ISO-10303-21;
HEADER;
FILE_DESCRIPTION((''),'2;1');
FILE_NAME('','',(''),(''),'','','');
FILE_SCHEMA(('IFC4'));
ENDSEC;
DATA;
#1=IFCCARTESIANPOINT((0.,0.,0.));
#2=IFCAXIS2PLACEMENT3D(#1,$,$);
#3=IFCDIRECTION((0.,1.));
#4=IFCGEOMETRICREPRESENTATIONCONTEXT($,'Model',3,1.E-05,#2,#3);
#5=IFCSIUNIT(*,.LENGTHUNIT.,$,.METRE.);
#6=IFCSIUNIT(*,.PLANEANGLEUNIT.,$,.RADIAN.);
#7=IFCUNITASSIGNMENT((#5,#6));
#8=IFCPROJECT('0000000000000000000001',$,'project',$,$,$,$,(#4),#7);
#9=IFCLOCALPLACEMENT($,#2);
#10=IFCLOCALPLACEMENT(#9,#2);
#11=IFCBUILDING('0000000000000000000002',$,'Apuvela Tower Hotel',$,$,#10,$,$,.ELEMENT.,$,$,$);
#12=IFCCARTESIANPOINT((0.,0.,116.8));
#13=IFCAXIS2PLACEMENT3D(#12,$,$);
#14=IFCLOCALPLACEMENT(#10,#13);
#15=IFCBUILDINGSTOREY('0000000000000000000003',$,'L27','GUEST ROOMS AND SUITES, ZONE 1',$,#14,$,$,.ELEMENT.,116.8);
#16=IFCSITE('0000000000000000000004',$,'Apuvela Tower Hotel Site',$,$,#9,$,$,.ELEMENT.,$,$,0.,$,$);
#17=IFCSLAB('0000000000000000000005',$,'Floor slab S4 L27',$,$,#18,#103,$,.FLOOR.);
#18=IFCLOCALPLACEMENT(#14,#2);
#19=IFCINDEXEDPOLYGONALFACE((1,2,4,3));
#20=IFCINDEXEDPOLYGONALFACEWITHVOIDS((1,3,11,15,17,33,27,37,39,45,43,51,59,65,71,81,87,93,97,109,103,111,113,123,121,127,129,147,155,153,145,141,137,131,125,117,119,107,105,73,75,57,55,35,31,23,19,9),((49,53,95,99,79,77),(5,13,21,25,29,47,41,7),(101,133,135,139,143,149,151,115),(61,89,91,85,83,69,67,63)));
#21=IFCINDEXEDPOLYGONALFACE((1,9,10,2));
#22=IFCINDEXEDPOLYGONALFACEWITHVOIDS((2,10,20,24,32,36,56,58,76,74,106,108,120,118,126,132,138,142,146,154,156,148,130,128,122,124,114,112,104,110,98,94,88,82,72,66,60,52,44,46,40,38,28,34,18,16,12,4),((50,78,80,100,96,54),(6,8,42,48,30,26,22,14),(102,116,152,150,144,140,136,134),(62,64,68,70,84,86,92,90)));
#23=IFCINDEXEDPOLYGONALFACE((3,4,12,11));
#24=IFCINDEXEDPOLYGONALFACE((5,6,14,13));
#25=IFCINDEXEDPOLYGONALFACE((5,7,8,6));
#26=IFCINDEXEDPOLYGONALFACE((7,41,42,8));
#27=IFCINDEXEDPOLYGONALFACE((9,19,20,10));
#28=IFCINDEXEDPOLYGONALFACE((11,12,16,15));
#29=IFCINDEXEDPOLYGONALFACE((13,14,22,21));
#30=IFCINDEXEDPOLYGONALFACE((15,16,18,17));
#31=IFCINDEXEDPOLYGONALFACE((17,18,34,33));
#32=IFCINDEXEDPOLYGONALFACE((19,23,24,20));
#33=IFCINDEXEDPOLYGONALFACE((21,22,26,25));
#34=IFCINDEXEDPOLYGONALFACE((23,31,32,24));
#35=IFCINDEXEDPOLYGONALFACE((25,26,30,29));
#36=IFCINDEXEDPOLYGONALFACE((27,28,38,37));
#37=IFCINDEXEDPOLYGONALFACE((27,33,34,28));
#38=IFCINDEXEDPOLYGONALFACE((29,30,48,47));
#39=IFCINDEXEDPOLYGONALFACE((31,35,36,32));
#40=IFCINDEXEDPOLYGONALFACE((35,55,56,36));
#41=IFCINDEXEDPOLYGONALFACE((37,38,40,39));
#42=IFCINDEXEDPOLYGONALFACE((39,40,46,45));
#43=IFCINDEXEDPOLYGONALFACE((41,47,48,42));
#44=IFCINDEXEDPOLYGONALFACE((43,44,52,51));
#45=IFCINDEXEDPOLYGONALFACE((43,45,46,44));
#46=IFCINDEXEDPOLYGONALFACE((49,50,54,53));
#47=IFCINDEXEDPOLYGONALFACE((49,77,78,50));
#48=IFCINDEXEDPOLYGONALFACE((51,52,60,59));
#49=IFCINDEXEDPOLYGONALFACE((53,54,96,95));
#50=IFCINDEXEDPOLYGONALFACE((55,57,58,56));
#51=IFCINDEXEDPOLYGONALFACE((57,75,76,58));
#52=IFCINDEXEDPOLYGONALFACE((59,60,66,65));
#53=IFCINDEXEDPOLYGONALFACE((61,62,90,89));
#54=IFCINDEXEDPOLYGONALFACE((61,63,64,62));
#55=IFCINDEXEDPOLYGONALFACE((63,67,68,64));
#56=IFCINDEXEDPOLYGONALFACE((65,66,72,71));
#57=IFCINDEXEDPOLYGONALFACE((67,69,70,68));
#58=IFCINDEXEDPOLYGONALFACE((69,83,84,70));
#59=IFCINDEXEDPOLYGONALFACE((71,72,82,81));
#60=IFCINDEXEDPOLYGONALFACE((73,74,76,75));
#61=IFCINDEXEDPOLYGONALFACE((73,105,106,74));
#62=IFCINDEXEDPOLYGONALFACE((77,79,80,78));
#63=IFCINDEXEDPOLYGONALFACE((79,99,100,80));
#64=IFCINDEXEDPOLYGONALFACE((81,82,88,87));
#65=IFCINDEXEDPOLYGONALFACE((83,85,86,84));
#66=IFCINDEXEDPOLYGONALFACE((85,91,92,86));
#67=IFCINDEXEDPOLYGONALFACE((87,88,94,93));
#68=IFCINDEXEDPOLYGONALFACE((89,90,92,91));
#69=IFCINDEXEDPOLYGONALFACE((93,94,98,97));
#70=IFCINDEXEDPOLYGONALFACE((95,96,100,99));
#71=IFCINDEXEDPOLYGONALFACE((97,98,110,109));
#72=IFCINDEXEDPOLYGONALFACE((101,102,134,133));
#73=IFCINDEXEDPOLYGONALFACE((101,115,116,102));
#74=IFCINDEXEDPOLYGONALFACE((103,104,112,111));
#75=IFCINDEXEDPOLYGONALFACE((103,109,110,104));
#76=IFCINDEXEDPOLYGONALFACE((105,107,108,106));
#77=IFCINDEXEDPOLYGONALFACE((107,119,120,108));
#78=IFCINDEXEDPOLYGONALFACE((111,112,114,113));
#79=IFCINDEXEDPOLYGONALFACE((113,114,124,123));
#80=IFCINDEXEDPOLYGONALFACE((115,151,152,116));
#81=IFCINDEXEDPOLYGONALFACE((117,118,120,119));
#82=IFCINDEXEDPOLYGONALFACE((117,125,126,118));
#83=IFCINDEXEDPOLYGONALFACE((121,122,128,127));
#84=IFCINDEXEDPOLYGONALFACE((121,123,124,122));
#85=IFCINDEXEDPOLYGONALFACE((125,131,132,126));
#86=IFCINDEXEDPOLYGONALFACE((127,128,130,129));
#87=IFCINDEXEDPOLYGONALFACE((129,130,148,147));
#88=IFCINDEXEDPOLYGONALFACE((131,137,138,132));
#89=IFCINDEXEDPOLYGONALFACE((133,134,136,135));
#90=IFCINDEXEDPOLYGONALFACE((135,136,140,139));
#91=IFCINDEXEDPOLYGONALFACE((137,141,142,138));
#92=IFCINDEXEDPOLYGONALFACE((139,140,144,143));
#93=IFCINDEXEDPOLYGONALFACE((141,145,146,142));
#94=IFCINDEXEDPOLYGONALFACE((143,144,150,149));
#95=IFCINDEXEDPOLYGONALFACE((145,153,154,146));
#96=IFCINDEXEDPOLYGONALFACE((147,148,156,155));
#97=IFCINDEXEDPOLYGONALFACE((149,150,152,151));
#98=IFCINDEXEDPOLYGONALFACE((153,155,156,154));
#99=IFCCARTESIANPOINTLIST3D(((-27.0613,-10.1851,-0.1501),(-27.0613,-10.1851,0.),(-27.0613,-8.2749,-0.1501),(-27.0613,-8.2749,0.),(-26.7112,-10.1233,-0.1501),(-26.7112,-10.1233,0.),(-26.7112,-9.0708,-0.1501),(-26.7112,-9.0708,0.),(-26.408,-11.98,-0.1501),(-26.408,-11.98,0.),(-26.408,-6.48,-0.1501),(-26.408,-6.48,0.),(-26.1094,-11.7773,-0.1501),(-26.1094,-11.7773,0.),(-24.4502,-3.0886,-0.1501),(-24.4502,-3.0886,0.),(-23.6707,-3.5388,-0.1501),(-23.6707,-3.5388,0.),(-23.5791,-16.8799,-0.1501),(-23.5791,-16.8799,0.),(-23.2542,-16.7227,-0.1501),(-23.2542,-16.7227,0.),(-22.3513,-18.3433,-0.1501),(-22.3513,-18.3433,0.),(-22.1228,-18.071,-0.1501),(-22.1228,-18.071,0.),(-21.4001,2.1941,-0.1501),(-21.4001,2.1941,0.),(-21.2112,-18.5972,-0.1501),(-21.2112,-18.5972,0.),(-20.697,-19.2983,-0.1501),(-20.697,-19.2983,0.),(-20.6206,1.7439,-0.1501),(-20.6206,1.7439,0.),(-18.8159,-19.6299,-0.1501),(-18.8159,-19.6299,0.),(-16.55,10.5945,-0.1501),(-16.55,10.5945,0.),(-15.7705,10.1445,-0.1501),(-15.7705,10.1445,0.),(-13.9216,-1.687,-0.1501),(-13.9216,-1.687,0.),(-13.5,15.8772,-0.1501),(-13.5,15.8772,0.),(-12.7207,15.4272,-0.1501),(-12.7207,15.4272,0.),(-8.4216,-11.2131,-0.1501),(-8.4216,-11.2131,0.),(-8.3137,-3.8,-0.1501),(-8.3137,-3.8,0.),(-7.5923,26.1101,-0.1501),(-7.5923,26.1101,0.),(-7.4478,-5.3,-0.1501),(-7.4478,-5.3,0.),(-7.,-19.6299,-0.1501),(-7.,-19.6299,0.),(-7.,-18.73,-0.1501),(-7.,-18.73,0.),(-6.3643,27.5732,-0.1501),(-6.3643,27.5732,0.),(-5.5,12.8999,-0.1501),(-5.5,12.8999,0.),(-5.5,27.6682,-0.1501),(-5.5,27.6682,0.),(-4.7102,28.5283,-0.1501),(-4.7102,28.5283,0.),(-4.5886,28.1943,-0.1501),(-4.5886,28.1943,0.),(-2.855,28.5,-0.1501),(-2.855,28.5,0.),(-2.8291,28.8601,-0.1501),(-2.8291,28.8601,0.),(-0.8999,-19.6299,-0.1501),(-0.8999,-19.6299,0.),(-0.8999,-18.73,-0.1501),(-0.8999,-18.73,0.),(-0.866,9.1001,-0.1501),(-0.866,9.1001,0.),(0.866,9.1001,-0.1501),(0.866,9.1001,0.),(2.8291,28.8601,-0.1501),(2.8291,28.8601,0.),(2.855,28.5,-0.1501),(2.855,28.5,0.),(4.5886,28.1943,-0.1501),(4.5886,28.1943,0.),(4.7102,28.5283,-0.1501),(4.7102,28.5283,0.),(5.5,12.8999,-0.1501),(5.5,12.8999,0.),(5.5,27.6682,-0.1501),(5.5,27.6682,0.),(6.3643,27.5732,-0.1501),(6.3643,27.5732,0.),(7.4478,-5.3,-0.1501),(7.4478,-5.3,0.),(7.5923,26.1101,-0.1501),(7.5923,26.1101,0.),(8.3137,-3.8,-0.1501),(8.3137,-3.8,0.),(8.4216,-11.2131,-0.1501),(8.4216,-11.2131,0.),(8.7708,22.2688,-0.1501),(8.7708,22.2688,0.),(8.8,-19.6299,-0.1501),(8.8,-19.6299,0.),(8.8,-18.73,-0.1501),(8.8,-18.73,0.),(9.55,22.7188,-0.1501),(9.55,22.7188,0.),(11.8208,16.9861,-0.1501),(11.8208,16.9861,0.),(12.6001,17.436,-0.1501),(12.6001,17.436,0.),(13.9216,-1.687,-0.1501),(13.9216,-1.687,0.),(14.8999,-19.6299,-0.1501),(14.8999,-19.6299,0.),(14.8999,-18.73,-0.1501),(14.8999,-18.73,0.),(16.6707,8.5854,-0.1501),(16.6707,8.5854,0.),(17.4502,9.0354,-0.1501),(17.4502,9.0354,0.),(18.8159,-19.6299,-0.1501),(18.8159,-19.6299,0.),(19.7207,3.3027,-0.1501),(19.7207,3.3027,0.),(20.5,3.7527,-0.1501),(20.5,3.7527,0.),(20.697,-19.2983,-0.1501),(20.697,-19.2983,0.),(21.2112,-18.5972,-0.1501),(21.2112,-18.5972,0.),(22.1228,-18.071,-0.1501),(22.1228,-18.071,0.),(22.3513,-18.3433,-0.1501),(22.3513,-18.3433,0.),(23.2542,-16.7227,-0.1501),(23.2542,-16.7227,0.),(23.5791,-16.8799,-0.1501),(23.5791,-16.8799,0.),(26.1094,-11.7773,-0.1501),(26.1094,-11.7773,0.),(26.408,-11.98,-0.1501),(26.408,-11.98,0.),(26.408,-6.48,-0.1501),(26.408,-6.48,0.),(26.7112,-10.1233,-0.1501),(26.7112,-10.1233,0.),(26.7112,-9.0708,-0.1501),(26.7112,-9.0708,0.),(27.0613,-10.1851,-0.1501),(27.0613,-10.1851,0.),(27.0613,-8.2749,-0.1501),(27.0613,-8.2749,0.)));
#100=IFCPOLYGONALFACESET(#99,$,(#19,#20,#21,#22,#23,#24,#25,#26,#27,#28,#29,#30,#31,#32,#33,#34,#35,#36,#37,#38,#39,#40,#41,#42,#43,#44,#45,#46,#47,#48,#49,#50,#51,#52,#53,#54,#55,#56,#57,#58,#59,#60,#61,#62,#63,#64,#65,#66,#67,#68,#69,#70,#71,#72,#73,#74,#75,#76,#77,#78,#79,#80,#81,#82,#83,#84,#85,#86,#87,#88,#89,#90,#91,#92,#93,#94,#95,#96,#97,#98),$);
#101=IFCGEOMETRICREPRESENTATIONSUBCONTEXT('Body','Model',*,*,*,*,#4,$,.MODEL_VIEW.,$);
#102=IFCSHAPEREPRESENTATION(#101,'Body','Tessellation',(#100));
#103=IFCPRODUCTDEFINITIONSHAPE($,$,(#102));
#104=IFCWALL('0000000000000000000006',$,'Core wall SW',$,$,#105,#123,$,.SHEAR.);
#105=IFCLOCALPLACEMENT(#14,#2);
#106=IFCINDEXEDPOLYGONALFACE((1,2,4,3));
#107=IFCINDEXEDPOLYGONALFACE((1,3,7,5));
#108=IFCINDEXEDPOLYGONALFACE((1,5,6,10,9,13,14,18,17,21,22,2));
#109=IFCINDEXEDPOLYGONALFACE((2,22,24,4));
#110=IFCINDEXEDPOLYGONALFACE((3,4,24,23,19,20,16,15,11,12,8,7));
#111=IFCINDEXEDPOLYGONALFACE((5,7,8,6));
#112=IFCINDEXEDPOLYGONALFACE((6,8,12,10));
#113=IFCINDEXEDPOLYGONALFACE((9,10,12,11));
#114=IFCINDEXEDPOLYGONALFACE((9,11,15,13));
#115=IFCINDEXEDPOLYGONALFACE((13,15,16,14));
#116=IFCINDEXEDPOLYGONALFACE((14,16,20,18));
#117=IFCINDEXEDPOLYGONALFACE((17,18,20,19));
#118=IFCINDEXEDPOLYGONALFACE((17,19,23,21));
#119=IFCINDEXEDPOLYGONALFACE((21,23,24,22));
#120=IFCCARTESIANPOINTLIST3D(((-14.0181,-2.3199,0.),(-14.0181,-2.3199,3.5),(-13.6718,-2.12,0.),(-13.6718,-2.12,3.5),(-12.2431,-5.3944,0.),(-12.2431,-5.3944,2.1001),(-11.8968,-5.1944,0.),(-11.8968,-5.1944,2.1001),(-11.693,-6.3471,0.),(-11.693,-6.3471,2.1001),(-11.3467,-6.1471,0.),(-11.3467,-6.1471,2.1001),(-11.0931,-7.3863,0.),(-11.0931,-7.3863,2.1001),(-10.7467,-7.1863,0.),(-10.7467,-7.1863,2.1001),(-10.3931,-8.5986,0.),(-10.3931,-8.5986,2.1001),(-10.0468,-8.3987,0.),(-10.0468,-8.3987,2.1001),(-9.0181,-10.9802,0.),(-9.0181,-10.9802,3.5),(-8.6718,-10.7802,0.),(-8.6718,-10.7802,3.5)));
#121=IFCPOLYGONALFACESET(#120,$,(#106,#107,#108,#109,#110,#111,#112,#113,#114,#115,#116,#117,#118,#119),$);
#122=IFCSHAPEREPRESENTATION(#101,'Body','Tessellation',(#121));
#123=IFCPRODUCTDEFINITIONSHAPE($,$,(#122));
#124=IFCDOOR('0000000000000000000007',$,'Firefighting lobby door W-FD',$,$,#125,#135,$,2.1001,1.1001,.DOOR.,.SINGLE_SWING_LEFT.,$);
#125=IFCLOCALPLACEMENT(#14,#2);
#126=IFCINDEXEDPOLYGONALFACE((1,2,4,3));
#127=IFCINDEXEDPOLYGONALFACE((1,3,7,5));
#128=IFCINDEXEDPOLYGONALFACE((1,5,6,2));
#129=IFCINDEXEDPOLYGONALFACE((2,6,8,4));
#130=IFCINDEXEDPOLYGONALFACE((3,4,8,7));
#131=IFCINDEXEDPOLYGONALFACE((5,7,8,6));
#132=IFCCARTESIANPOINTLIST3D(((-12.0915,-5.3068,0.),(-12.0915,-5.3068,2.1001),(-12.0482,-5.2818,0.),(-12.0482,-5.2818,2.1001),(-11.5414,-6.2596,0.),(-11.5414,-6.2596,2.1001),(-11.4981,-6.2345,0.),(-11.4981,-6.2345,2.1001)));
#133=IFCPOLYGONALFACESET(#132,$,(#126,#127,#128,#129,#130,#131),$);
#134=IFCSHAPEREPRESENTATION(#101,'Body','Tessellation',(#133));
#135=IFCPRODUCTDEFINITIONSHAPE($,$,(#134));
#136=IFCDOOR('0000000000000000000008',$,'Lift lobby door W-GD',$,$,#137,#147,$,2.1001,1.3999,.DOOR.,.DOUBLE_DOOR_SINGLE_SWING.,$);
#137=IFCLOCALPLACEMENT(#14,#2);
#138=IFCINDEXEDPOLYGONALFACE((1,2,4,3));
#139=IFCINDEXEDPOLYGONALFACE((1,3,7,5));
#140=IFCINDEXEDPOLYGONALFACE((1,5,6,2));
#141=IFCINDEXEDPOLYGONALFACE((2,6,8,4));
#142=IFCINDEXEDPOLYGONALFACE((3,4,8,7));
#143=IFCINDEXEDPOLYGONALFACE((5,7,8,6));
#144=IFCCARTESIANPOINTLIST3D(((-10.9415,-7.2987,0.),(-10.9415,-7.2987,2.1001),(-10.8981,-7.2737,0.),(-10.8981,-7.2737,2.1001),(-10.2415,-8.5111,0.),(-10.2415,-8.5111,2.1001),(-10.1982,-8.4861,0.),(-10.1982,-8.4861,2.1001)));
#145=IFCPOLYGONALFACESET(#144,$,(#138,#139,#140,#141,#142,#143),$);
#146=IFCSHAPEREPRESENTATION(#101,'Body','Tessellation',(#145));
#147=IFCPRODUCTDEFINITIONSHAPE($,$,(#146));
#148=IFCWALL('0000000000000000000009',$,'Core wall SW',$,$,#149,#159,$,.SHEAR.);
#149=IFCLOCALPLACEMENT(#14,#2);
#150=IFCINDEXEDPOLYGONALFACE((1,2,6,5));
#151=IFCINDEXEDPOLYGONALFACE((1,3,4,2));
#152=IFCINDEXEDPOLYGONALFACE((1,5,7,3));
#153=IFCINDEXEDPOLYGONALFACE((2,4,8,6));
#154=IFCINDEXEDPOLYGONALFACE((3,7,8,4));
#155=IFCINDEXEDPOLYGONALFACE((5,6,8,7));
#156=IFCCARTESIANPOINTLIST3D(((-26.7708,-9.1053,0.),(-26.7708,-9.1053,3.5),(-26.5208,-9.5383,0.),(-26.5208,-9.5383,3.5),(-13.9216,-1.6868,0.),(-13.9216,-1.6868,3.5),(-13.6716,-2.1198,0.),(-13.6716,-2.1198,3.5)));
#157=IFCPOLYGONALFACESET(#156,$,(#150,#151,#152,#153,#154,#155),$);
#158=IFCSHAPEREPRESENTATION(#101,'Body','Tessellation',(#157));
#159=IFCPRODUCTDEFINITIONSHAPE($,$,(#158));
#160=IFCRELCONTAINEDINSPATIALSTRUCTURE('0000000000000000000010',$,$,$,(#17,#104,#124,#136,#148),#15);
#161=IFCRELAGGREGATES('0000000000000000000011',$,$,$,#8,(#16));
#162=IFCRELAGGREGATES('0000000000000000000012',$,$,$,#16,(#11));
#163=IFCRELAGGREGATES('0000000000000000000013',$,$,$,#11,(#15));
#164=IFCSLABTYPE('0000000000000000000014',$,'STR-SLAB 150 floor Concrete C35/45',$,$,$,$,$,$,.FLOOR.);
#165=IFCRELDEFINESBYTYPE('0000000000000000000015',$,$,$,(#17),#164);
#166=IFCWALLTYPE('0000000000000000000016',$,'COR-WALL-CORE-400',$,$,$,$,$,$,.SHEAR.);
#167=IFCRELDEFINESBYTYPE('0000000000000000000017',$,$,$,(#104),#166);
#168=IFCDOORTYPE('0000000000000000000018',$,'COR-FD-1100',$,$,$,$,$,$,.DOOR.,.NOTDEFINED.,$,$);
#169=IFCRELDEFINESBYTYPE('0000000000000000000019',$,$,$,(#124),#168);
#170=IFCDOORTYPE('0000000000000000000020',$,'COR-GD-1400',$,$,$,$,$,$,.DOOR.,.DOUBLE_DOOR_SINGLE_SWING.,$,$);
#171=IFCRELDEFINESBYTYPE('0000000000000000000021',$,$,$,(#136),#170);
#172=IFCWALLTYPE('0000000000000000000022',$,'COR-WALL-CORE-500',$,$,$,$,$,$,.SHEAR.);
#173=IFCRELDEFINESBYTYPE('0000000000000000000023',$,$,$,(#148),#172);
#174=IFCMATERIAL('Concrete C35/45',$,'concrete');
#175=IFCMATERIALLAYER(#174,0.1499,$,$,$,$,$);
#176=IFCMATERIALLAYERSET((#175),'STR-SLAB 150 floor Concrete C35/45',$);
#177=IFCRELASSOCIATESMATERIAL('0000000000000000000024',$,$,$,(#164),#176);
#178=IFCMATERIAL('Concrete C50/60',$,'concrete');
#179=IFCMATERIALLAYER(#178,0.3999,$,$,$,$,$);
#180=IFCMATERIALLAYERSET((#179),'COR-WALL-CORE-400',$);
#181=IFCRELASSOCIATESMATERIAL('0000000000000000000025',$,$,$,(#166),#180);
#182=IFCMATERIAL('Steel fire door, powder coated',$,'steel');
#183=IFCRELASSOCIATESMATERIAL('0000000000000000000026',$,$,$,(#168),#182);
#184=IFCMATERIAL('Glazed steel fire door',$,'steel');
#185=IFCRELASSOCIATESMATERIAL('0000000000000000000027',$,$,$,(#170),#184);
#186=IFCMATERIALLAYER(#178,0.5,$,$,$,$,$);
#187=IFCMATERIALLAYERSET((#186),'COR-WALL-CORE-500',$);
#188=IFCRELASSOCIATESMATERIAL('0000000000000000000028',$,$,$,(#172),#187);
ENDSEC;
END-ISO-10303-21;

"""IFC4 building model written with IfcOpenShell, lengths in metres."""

from ifc_helpers import new_model, si_unit, direction, frame, frame_2d, origin, place, context, subcontext, project, spatial, polyline, rectangle, outline, extrude, material, layer, layer_set, type_object, element, fill, save


model = new_model("IFC4")

# Units and contexts
model_context = context("Model", 3, precision=1e-05, world=origin(), true_north=direction((0.0, 1.0)))
body_context = subcontext(model_context, "Body", "Model", "MODEL_VIEW")
ifc_project = project(units=[si_unit("LENGTHUNIT", "METRE"), si_unit("PLANEANGLEUNIT", "RADIAN")], contexts=[model_context])

# Site, building, storey
site_placement = place(None, origin())
site = spatial("IfcSite", under=ifc_project, at=site_placement, Name="Apuvela Tower Hotel Site", CompositionType="ELEMENT", RefElevation=0.0)
building_placement = place(site_placement, origin())
building = spatial("IfcBuilding", under=site, at=building_placement, Name="Apuvela Tower Hotel", CompositionType="ELEMENT")
storey_placement = place(building_placement, frame((0.0, 0.0, 116.8)))
storey = spatial("IfcBuildingStorey", under=building, at=storey_placement, Name="L27", Description="GUEST ROOMS AND SUITES, ZONE 1", CompositionType="ELEMENT", Elevation=116.8)

# Slab
ifc_material_1 = material(Name="Concrete C50/60", Category="concrete")
ifc_material_2 = material(Name="Concrete C35/45", Category="concrete")
ifc_layer_1 = layer(ifc_material_2, 0.1499)
ifc_layer_set_1 = layer_set([ifc_layer_1], Name="STR-SLAB 150 floor Concrete C35/45")
slab_type_1 = type_object("IfcSlabType", Name="STR-SLAB 150 floor Concrete C35/45", PredefinedType="FLOOR", material=ifc_layer_set_1)
slab_1_placement = place(storey_placement, frame((0.0, 0.0, -0.1501)))
element("IfcSlab", 1, at=slab_1_placement, inside=storey, type_object=slab_type_1, Name="Floor slab S4 L27", PredefinedType="FLOOR", context=body_context, shape_type="SweptSolid", body=[
    extrude(outline(polyline([(-6.3643, 27.5732), (-4.7102, 28.5283), (-2.8291, 28.8601), (2.8291, 28.8601), (4.7102, 28.5283), (6.3643, 27.5732), (7.5923, 26.1101), (9.55, 22.7188), (8.7708, 22.2688), (11.8208, 16.9861), (12.6001, 17.436), (17.4502, 9.0354), (16.6707, 8.5854), (19.7207, 3.3027), (20.5, 3.7527), (26.408, -6.48), (27.0613, -8.2749), (27.0613, -10.1851), (26.408, -11.98), (23.5791, -16.8799), (22.3513, -18.3433), (20.697, -19.2983), (18.8159, -19.6299), (14.8999, -19.6299), (14.8999, -18.73), (8.8, -18.73), (8.8, -19.6299), (-0.8999, -19.6299), (-0.8999, -18.73), (-7.0, -18.73), (-7.0, -19.6299), (-18.8159, -19.6299), (-20.697, -19.2983), (-22.3513, -18.3433), (-23.5791, -16.8799), (-26.408, -11.98), (-27.0613, -10.1851), (-27.0613, -8.2749), (-26.408, -6.48), (-24.4502, -3.0886), (-23.6707, -3.5388), (-20.6206, 1.7439), (-21.4001, 2.1941), (-16.55, 10.5945), (-15.7705, 10.1445), (-12.7207, 15.4272), (-13.5, 15.8772), (-7.5923, 26.1101), (-6.3643, 27.5732)]), holes=[polyline([(0.866, 9.1001), (-0.866, 9.1001), (-8.3137, -3.8), (-7.4478, -5.3), (7.4478, -5.3), (8.3137, -3.8), (0.866, 9.1001)]), polyline([(-5.5, 12.8999), (-5.5, 27.6682), (-4.5886, 28.1943), (-2.855, 28.5), (2.855, 28.5), (4.5886, 28.1943), (5.5, 27.6682), (5.5, 12.8999), (-5.5, 12.8999)]), polyline([(-8.4216, -11.2131), (-21.2112, -18.5972), (-22.1228, -18.071), (-23.2542, -16.7227), (-26.1094, -11.7773), (-26.7112, -10.1233), (-26.7112, -9.0708), (-13.9216, -1.687), (-8.4216, -11.2131)]), polyline([(13.9216, -1.687), (26.7112, -9.0708), (26.7112, -10.1233), (26.1094, -11.7773), (23.2542, -16.7227), (22.1228, -18.071), (21.2112, -18.5972), (8.4216, -11.2131), (13.9216, -1.687)])]), origin(), (0.0, 0.0, 1.0), 0.1501),
])

# Wall, openings, doors
ifc_layer_2 = layer(ifc_material_1, 0.3999)
ifc_layer_set_2 = layer_set([ifc_layer_2], Name="COR-WALL-CORE-400")
wall_type_1 = type_object("IfcWallType", Name="COR-WALL-CORE-400", PredefinedType="SHEAR", material=ifc_layer_set_2)
wall_1_placement = place(storey_placement, frame((-13.845, -2.22, 0.0), z_axis=(0.0, 0.0, 1.0), x_axis=(0.500004, -0.866023, 0.0)))
wall_1 = element("IfcWall", 2, at=wall_1_placement, inside=storey, type_object=wall_type_1, Name="Core wall SW", PredefinedType="SHEAR", context=body_context, shape_type="SweptSolid", body=[
    extrude(rectangle(XDim=10.0, YDim=0.3999, at=frame_2d((5.0, 0.0))), origin(), (0.0, 0.0, 1.0), 3.5),
])
opening_1_placement = place(wall_1_placement, frame((3.55, 0.0, 0.0)))
opening_1 = element("IfcOpeningElement", 3, at=opening_1_placement, cuts=wall_1, PredefinedType="OPENING", context=body_context, shape_type="SweptSolid", body=[
    extrude(rectangle(XDim=1.1001, YDim=2.1001, at=frame_2d((0.55, 1.05))), frame((0.0, 0.21, 0.0), z_axis=(0.0, -1.0, 0.0), x_axis=(1.0, 0.0, 0.0)), (0.0, 0.0, 1.0), 0.4199),
])
opening_2_placement = place(wall_1_placement, frame((5.8501, 0.0, 0.0)))
opening_2 = element("IfcOpeningElement", 4, at=opening_2_placement, cuts=wall_1, PredefinedType="OPENING", context=body_context, shape_type="SweptSolid", body=[
    extrude(rectangle(XDim=1.3999, YDim=2.1001, at=frame_2d((0.7, 1.05))), frame((0.0, 0.21, 0.0), z_axis=(0.0, -1.0, 0.0), x_axis=(1.0, 0.0, 0.0)), (0.0, 0.0, 1.0), 0.4199),
])
ifc_material_3 = material(Name="Steel fire door, powder coated", Category="steel")
door_type_1 = type_object("IfcDoorType", Name="COR-FD-1100", OperationType="NOTDEFINED", PredefinedType="DOOR", material=ifc_material_3)
door_1_placement = place(opening_1_placement, frame((1.1001, 0.0, 0.0), z_axis=(0.0, 0.0, 1.0), x_axis=(-1.0, 0.0, 0.0)))
door_1 = element("IfcDoor", 5, at=door_1_placement, inside=storey, type_object=door_type_1, Name="Firefighting lobby door W-FD", OperationType="SINGLE_SWING_LEFT", OverallHeight=2.1001, OverallWidth=1.1001, PredefinedType="DOOR", context=body_context, shape_type="SweptSolid", body=[
    extrude(rectangle(XDim=1.1001, YDim=2.1001, at=frame_2d((0.55, 1.05))), frame((0.0, 0.0249, 0.0), z_axis=(0.0, -1.0, 0.0), x_axis=(1.0, 0.0, 0.0)), (0.0, 0.0, 1.0), 0.05),
])
fill(opening_1, door_1)
ifc_material_4 = material(Name="Glazed steel fire door", Category="steel")
door_type_2 = type_object("IfcDoorType", Name="COR-GD-1400", OperationType="DOUBLE_DOOR_SINGLE_SWING", PredefinedType="DOOR", material=ifc_material_4)
door_2_placement = place(opening_2_placement, frame((1.3999, 0.0, 0.0), z_axis=(0.0, 0.0, 1.0), x_axis=(-1.0, 0.0, 0.0)))
door_2 = element("IfcDoor", 6, at=door_2_placement, inside=storey, type_object=door_type_2, Name="Lift lobby door W-GD", OperationType="DOUBLE_DOOR_SINGLE_SWING", OverallHeight=2.1001, OverallWidth=1.3999, PredefinedType="DOOR", context=body_context, shape_type="SweptSolid", body=[
    extrude(rectangle(XDim=1.3999, YDim=2.1001, at=frame_2d((0.7, 1.05))), frame((0.0, 0.0249, 0.0), z_axis=(0.0, -1.0, 0.0), x_axis=(1.0, 0.0, 0.0)), (0.0, 0.0, 1.0), 0.05),
])
fill(opening_2, door_2)

# Wall
ifc_layer_3 = layer(ifc_material_1, 0.5)
ifc_layer_set_3 = layer_set([ifc_layer_3], Name="COR-WALL-CORE-500")
wall_type_2 = type_object("IfcWallType", Name="COR-WALL-CORE-500", PredefinedType="SHEAR", material=ifc_layer_set_3)
wall_2_placement = place(storey_placement, frame((-13.7966, -1.9033, 0.0), z_axis=(0.0, 0.0, 1.0), x_axis=(-0.866025, -0.500001, 0.0)))
element("IfcWall", 7, at=wall_2_placement, inside=storey, type_object=wall_type_2, Name="Core wall SW", PredefinedType="SHEAR", context=body_context, shape_type="SweptSolid", body=[
    extrude(rectangle(XDim=14.8369, YDim=0.5, at=frame_2d((7.4185, 0.0))), origin(), (0.0, 0.0, 1.0), 3.5),
])

save(model, "model.ifc")
